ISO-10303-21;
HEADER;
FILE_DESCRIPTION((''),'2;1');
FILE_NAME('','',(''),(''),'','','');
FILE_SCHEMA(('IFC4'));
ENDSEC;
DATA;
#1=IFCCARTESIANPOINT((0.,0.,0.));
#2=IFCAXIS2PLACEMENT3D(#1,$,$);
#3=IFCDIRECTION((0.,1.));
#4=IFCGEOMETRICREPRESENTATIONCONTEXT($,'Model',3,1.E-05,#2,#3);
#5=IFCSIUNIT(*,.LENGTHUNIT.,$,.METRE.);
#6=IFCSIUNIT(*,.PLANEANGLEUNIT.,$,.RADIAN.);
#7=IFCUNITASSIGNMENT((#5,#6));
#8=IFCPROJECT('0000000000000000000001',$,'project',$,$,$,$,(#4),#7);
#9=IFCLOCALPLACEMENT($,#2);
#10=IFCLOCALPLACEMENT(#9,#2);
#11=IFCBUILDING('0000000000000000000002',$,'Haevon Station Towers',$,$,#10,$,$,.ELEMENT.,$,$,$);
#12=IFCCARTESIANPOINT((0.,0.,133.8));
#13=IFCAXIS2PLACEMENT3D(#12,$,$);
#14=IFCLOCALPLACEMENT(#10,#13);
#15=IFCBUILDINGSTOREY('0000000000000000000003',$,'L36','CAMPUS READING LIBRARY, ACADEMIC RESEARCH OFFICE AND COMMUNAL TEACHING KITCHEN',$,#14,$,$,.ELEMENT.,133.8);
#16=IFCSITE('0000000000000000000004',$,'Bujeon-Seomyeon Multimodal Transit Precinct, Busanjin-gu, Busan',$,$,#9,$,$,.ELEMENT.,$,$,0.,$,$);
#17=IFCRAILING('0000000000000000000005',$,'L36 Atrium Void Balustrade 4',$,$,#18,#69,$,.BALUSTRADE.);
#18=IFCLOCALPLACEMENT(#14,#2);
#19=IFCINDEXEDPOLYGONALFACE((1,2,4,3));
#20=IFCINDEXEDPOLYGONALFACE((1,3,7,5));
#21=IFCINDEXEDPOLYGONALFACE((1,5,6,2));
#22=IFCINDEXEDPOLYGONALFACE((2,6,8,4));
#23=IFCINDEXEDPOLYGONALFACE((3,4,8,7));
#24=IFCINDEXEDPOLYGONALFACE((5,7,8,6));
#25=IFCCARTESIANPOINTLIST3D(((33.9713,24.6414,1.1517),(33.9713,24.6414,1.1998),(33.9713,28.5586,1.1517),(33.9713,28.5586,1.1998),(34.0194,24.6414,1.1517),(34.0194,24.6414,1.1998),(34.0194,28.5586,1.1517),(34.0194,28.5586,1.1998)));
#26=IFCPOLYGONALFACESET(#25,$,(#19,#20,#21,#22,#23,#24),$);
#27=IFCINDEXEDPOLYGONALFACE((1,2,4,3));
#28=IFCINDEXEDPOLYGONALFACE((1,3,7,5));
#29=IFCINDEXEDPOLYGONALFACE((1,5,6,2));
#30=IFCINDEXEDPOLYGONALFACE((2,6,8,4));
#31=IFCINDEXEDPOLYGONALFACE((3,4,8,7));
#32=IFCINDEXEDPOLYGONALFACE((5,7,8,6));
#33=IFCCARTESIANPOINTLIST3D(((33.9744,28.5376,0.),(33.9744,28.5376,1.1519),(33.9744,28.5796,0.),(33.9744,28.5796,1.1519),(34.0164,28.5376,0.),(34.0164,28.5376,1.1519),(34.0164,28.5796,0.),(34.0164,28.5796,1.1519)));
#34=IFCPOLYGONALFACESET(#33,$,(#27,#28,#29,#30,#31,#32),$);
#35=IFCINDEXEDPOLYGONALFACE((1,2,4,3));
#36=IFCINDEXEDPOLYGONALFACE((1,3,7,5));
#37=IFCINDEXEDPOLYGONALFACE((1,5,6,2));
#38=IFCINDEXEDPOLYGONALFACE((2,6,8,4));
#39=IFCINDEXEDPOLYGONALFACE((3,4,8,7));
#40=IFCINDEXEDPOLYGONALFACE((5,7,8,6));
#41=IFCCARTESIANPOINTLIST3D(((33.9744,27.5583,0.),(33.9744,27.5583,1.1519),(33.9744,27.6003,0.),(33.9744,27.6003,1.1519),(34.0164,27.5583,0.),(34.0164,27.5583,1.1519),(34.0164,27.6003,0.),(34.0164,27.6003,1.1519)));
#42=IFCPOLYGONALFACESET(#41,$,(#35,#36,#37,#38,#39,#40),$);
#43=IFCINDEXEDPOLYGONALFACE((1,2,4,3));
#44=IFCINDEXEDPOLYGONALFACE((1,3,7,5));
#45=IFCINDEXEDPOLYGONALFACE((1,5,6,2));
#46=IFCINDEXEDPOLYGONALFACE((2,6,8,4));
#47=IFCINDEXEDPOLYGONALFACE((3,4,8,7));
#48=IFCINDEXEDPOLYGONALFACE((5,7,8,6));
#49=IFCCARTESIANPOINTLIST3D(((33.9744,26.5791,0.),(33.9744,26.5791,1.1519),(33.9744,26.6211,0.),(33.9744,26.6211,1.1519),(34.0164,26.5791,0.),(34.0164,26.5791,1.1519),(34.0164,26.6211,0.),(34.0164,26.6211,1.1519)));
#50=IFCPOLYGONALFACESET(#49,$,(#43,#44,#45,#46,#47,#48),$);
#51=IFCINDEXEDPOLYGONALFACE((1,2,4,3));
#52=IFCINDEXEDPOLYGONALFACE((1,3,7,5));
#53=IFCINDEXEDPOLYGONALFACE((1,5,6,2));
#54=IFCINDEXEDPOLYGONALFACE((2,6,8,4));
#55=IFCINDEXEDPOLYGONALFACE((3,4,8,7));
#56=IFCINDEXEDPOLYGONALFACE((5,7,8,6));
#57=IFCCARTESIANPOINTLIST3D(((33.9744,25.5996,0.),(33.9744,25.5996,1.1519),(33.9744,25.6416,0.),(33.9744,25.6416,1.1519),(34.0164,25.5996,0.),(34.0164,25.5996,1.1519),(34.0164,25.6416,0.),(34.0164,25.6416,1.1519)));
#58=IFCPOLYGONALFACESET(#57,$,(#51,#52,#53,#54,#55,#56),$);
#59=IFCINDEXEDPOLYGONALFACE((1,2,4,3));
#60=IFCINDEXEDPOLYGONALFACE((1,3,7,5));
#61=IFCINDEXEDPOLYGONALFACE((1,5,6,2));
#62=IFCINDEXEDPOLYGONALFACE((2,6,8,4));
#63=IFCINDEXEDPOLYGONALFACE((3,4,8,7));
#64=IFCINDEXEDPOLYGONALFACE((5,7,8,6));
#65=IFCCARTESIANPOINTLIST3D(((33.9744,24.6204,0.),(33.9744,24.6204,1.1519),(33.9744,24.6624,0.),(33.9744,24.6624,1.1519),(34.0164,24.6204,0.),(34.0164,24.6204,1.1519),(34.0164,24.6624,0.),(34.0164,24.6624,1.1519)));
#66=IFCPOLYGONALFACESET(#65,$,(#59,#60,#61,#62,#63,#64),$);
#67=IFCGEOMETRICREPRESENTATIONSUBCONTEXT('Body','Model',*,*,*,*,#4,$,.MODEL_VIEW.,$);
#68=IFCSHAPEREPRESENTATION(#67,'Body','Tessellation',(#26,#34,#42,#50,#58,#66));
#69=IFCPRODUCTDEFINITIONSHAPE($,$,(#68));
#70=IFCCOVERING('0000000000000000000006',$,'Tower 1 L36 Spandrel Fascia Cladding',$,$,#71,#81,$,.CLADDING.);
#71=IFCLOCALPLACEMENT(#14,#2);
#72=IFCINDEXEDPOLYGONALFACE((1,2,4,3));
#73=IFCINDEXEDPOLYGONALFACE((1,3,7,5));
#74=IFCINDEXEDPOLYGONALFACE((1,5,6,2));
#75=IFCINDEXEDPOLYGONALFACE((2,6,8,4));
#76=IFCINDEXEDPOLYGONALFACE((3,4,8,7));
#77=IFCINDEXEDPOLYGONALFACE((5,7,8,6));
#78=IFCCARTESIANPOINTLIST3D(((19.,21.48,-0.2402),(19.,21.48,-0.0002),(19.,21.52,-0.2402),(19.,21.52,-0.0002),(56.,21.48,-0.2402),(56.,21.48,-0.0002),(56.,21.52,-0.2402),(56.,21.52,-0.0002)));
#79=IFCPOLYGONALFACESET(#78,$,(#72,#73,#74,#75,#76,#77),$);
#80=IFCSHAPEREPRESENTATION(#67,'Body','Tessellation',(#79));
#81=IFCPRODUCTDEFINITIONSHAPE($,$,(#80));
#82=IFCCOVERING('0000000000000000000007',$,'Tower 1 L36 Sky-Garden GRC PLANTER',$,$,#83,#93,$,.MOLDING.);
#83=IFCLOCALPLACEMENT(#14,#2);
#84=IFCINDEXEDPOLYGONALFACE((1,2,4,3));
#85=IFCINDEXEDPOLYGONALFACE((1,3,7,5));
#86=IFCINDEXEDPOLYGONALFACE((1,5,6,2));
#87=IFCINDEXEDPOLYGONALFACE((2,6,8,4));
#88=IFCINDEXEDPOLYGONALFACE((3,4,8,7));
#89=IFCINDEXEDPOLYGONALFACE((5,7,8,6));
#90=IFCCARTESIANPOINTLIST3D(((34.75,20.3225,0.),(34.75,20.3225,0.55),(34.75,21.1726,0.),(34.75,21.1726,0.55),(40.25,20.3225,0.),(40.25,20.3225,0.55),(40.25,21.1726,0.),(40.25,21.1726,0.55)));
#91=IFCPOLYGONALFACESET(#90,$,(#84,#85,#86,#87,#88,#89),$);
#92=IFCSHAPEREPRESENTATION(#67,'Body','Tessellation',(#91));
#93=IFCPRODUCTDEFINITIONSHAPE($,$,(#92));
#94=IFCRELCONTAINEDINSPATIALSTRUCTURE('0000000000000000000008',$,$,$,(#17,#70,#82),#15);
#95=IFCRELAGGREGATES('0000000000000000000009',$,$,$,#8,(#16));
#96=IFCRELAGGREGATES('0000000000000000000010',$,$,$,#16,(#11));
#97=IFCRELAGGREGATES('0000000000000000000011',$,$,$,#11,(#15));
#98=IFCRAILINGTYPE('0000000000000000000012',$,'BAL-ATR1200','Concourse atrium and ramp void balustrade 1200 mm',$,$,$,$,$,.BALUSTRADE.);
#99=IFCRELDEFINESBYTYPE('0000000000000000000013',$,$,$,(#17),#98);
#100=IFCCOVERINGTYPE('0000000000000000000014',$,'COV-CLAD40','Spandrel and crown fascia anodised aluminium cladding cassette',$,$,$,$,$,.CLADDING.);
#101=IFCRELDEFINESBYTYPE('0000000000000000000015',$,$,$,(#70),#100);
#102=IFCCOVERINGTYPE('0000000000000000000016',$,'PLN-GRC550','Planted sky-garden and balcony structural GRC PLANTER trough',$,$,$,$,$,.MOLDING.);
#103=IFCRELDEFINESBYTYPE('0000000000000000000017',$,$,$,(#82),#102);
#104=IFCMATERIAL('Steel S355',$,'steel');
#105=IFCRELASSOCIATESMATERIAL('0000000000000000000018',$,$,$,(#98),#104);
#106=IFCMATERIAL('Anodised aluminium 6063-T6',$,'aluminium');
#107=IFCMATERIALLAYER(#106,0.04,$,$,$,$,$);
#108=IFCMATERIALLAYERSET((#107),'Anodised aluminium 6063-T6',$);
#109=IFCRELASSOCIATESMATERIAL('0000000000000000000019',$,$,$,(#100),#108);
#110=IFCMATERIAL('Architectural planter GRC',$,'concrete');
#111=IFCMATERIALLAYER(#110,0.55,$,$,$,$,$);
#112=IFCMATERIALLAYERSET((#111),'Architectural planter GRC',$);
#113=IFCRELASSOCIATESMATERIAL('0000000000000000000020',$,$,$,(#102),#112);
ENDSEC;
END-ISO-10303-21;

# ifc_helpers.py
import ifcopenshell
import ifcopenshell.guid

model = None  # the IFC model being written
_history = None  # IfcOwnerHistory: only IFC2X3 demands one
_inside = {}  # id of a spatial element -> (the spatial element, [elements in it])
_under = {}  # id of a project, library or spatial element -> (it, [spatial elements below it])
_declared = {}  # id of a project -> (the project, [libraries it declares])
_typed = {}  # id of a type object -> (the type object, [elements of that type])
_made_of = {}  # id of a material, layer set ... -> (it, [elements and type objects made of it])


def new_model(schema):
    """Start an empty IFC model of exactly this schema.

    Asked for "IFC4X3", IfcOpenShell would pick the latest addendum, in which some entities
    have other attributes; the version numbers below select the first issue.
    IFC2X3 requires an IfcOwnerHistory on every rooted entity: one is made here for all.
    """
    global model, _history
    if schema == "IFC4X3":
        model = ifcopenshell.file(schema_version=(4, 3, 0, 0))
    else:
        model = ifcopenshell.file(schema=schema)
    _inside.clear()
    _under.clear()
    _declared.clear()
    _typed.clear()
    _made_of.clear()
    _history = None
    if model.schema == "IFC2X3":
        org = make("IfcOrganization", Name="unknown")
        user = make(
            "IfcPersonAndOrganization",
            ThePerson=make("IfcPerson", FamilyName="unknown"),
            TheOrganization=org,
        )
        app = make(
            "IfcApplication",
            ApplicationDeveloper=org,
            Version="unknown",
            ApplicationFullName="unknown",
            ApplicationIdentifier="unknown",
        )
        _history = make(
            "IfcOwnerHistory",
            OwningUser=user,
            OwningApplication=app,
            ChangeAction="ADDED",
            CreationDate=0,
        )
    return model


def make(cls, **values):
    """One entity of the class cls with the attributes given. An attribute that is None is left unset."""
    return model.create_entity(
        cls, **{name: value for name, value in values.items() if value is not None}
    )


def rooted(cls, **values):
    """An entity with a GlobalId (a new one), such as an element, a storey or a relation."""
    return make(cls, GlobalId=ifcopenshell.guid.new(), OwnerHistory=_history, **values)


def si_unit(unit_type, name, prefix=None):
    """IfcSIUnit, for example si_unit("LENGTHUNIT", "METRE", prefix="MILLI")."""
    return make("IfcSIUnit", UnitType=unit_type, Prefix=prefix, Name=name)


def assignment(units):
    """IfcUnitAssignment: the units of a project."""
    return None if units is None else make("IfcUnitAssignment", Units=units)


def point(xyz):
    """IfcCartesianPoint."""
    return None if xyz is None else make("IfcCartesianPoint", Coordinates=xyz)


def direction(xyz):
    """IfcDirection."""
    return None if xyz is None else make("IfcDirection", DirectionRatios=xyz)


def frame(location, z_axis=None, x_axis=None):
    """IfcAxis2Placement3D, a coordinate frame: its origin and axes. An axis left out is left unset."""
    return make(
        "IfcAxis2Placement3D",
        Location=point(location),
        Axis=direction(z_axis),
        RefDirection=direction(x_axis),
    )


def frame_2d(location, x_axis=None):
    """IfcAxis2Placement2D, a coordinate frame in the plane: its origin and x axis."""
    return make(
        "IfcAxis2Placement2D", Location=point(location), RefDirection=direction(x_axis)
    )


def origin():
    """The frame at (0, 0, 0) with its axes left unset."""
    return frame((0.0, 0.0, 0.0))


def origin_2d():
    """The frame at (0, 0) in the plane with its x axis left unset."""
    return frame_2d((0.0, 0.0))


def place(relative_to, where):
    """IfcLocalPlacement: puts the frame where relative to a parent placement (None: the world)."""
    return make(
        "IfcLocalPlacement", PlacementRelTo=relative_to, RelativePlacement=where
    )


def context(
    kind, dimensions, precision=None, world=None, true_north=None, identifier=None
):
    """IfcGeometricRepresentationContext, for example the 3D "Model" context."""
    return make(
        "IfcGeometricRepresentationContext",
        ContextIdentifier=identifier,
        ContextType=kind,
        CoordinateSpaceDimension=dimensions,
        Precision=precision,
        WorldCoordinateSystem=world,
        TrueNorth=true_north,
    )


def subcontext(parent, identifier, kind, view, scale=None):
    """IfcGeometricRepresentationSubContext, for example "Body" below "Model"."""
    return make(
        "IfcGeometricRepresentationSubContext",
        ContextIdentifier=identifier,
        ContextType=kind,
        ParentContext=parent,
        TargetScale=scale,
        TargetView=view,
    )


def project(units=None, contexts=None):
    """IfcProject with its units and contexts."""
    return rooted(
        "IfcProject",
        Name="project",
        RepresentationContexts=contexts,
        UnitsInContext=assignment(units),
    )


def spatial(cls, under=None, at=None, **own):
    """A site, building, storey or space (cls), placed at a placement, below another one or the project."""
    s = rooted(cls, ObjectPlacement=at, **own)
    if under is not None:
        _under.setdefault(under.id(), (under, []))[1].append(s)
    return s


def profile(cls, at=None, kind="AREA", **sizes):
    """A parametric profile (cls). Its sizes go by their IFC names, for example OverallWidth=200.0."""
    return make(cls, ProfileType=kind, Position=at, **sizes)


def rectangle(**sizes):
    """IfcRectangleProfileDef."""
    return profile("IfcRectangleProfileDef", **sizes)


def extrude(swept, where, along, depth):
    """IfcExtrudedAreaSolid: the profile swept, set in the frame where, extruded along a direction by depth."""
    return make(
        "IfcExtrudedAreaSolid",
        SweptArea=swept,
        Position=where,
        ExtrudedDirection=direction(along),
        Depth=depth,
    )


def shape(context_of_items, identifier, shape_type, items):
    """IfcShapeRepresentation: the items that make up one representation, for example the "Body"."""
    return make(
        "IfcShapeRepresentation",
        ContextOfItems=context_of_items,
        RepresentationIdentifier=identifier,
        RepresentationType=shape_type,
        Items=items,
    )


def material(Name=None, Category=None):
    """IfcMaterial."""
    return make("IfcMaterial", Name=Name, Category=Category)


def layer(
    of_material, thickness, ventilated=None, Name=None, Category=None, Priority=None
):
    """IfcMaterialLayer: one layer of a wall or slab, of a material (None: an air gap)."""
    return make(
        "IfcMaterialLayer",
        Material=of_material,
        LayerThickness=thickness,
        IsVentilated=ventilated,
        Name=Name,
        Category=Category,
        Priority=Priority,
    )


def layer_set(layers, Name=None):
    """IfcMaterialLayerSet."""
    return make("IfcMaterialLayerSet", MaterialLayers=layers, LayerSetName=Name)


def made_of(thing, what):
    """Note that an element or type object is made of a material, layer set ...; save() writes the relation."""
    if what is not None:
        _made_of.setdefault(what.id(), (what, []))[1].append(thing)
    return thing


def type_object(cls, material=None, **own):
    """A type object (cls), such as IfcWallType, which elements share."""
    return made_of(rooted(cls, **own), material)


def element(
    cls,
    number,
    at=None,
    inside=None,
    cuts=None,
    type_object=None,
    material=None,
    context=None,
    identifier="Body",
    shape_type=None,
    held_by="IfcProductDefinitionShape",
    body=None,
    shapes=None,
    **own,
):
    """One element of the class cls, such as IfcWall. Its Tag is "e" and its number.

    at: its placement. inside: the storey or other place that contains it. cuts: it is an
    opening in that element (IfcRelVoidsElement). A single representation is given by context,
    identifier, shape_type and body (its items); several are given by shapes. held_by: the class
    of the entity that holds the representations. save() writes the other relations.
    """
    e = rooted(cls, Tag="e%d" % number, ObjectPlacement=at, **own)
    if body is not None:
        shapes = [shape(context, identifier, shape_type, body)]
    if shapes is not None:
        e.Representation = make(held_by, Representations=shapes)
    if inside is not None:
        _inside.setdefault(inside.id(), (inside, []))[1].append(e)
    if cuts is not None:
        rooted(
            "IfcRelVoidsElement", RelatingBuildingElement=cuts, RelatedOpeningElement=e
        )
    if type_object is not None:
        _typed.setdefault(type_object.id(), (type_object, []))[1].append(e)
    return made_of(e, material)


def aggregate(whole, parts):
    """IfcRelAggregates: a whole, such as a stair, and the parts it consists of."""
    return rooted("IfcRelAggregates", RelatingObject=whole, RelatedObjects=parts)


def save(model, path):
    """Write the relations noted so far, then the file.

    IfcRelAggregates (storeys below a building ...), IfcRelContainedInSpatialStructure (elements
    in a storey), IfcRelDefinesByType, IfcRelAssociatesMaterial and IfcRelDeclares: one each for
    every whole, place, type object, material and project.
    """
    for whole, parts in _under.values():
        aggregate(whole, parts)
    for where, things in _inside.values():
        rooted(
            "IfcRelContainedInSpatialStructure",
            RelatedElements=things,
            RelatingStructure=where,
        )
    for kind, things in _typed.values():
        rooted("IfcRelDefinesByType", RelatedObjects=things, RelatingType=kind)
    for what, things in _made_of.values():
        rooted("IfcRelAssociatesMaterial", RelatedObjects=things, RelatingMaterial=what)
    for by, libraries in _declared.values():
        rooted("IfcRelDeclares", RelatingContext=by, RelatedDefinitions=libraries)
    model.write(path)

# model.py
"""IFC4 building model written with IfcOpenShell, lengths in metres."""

from ifc_helpers import new_model, si_unit, direction, frame, origin, origin_2d, place, context, subcontext, project, spatial, rectangle, extrude, material, layer, layer_set, type_object, element, save


model = new_model("IFC4")

# Units and contexts
model_context = context("Model", 3, precision=1e-05, world=origin(), true_north=direction((0.0, 1.0)))
body_context = subcontext(model_context, "Body", "Model", "MODEL_VIEW")
ifc_project = project(units=[si_unit("LENGTHUNIT", "METRE"), si_unit("PLANEANGLEUNIT", "RADIAN")], contexts=[model_context])

# Site, building, storey
site_placement = place(None, origin())
site = spatial("IfcSite", under=ifc_project, at=site_placement, Name="Bujeon-Seomyeon Multimodal Transit Precinct, Busanjin-gu, Busan", CompositionType="ELEMENT", RefElevation=0.0)
building_placement = place(site_placement, origin())
building = spatial("IfcBuilding", under=site, at=building_placement, Name="Haevon Station Towers", CompositionType="ELEMENT")
storey_placement = place(building_placement, frame((0.0, 0.0, 133.8)))
storey = spatial("IfcBuildingStorey", under=building, at=storey_placement, Name="L36", Description="CAMPUS READING LIBRARY, ACADEMIC RESEARCH OFFICE AND COMMUNAL TEACHING KITCHEN", CompositionType="ELEMENT", Elevation=133.8)

# Shared definitions
ifc_material_1 = material(Name="Steel S355", Category="steel")

# Railing
railing_type = type_object("IfcRailingType", Name="BAL-ATR1200", Description="Concourse atrium and ramp void balustrade 1200 mm", PredefinedType="BALUSTRADE", material=ifc_material_1)
railing_1_placement = place(storey_placement, frame((33.9954, 28.5586, 0.0)))
element("IfcRailing", 1, at=railing_1_placement, inside=storey, type_object=railing_type, Name="L36 Atrium Void Balustrade 4", PredefinedType="BALUSTRADE", context=body_context, shape_type="SweptSolid", body=[
    extrude(rectangle(XDim=0.0481, YDim=0.0481, at=origin_2d()), frame((0.0, 0.0, 1.1758), z_axis=(0.0, -1.0, 0.0), x_axis=(1.0, 0.0, 0.0)), (0.0, 0.0, 1.0), 3.9172),
    extrude(rectangle(XDim=0.042, YDim=0.042, at=origin_2d()), origin(), (0.0, 0.0, 1.0), 1.1519),
    extrude(rectangle(XDim=0.042, YDim=0.042, at=origin_2d()), frame((0.0, -0.9792, 0.0)), (0.0, 0.0, 1.0), 1.1519),
    extrude(rectangle(XDim=0.042, YDim=0.042, at=origin_2d()), frame((0.0, -1.9585, 0.0)), (0.0, 0.0, 1.0), 1.1519),
    extrude(rectangle(XDim=0.042, YDim=0.042, at=origin_2d()), frame((0.0, -2.938, 0.0)), (0.0, 0.0, 1.0), 1.1519),
    extrude(rectangle(XDim=0.042, YDim=0.042, at=origin_2d()), frame((0.0, -3.9172, 0.0)), (0.0, 0.0, 1.0), 1.1519),
])

# Coverings
ifc_material_2 = material(Name="Anodised aluminium 6063-T6", Category="aluminium")
ifc_layer_1 = layer(ifc_material_2, 0.04)
ifc_layer_set_1 = layer_set([ifc_layer_1], Name="Anodised aluminium 6063-T6")
covering_type_1 = type_object("IfcCoveringType", Name="COV-CLAD40", Description="Spandrel and crown fascia anodised aluminium cladding cassette", PredefinedType="CLADDING", material=ifc_layer_set_1)
covering_1_placement = place(storey_placement, frame((37.5, 21.5, -0.2402), z_axis=(0.0, 0.0, 1.0), x_axis=(1.0, 0.0, 0.0)))
element("IfcCovering", 2, at=covering_1_placement, inside=storey, type_object=covering_type_1, Name="Tower 1 L36 Spandrel Fascia Cladding", PredefinedType="CLADDING", context=body_context, shape_type="SweptSolid", body=[
    extrude(rectangle(XDim=37.0, YDim=0.04, at=origin_2d()), origin(), (0.0, 0.0, 1.0), 0.24),
])
ifc_material_3 = material(Name="Architectural planter GRC", Category="concrete")
ifc_layer_2 = layer(ifc_material_3, 0.55)
ifc_layer_set_2 = layer_set([ifc_layer_2], Name="Architectural planter GRC")
covering_type_2 = type_object("IfcCoveringType", Name="PLN-GRC550", Description="Planted sky-garden and balcony structural GRC PLANTER trough", PredefinedType="MOLDING", material=ifc_layer_set_2)
covering_2_placement = place(storey_placement, frame((37.5, 20.7476, 0.0), z_axis=(0.0, 0.0, 1.0), x_axis=(1.0, 0.0, 0.0)))
element("IfcCovering", 3, at=covering_2_placement, inside=storey, type_object=covering_type_2, Name="Tower 1 L36 Sky-Garden GRC PLANTER", PredefinedType="MOLDING", context=body_context, shape_type="SweptSolid", body=[
    extrude(rectangle(XDim=5.5, YDim=0.8501, at=origin_2d()), origin(), (0.0, 0.0, 1.0), 0.55),
])

save(model, "model.ifc")
